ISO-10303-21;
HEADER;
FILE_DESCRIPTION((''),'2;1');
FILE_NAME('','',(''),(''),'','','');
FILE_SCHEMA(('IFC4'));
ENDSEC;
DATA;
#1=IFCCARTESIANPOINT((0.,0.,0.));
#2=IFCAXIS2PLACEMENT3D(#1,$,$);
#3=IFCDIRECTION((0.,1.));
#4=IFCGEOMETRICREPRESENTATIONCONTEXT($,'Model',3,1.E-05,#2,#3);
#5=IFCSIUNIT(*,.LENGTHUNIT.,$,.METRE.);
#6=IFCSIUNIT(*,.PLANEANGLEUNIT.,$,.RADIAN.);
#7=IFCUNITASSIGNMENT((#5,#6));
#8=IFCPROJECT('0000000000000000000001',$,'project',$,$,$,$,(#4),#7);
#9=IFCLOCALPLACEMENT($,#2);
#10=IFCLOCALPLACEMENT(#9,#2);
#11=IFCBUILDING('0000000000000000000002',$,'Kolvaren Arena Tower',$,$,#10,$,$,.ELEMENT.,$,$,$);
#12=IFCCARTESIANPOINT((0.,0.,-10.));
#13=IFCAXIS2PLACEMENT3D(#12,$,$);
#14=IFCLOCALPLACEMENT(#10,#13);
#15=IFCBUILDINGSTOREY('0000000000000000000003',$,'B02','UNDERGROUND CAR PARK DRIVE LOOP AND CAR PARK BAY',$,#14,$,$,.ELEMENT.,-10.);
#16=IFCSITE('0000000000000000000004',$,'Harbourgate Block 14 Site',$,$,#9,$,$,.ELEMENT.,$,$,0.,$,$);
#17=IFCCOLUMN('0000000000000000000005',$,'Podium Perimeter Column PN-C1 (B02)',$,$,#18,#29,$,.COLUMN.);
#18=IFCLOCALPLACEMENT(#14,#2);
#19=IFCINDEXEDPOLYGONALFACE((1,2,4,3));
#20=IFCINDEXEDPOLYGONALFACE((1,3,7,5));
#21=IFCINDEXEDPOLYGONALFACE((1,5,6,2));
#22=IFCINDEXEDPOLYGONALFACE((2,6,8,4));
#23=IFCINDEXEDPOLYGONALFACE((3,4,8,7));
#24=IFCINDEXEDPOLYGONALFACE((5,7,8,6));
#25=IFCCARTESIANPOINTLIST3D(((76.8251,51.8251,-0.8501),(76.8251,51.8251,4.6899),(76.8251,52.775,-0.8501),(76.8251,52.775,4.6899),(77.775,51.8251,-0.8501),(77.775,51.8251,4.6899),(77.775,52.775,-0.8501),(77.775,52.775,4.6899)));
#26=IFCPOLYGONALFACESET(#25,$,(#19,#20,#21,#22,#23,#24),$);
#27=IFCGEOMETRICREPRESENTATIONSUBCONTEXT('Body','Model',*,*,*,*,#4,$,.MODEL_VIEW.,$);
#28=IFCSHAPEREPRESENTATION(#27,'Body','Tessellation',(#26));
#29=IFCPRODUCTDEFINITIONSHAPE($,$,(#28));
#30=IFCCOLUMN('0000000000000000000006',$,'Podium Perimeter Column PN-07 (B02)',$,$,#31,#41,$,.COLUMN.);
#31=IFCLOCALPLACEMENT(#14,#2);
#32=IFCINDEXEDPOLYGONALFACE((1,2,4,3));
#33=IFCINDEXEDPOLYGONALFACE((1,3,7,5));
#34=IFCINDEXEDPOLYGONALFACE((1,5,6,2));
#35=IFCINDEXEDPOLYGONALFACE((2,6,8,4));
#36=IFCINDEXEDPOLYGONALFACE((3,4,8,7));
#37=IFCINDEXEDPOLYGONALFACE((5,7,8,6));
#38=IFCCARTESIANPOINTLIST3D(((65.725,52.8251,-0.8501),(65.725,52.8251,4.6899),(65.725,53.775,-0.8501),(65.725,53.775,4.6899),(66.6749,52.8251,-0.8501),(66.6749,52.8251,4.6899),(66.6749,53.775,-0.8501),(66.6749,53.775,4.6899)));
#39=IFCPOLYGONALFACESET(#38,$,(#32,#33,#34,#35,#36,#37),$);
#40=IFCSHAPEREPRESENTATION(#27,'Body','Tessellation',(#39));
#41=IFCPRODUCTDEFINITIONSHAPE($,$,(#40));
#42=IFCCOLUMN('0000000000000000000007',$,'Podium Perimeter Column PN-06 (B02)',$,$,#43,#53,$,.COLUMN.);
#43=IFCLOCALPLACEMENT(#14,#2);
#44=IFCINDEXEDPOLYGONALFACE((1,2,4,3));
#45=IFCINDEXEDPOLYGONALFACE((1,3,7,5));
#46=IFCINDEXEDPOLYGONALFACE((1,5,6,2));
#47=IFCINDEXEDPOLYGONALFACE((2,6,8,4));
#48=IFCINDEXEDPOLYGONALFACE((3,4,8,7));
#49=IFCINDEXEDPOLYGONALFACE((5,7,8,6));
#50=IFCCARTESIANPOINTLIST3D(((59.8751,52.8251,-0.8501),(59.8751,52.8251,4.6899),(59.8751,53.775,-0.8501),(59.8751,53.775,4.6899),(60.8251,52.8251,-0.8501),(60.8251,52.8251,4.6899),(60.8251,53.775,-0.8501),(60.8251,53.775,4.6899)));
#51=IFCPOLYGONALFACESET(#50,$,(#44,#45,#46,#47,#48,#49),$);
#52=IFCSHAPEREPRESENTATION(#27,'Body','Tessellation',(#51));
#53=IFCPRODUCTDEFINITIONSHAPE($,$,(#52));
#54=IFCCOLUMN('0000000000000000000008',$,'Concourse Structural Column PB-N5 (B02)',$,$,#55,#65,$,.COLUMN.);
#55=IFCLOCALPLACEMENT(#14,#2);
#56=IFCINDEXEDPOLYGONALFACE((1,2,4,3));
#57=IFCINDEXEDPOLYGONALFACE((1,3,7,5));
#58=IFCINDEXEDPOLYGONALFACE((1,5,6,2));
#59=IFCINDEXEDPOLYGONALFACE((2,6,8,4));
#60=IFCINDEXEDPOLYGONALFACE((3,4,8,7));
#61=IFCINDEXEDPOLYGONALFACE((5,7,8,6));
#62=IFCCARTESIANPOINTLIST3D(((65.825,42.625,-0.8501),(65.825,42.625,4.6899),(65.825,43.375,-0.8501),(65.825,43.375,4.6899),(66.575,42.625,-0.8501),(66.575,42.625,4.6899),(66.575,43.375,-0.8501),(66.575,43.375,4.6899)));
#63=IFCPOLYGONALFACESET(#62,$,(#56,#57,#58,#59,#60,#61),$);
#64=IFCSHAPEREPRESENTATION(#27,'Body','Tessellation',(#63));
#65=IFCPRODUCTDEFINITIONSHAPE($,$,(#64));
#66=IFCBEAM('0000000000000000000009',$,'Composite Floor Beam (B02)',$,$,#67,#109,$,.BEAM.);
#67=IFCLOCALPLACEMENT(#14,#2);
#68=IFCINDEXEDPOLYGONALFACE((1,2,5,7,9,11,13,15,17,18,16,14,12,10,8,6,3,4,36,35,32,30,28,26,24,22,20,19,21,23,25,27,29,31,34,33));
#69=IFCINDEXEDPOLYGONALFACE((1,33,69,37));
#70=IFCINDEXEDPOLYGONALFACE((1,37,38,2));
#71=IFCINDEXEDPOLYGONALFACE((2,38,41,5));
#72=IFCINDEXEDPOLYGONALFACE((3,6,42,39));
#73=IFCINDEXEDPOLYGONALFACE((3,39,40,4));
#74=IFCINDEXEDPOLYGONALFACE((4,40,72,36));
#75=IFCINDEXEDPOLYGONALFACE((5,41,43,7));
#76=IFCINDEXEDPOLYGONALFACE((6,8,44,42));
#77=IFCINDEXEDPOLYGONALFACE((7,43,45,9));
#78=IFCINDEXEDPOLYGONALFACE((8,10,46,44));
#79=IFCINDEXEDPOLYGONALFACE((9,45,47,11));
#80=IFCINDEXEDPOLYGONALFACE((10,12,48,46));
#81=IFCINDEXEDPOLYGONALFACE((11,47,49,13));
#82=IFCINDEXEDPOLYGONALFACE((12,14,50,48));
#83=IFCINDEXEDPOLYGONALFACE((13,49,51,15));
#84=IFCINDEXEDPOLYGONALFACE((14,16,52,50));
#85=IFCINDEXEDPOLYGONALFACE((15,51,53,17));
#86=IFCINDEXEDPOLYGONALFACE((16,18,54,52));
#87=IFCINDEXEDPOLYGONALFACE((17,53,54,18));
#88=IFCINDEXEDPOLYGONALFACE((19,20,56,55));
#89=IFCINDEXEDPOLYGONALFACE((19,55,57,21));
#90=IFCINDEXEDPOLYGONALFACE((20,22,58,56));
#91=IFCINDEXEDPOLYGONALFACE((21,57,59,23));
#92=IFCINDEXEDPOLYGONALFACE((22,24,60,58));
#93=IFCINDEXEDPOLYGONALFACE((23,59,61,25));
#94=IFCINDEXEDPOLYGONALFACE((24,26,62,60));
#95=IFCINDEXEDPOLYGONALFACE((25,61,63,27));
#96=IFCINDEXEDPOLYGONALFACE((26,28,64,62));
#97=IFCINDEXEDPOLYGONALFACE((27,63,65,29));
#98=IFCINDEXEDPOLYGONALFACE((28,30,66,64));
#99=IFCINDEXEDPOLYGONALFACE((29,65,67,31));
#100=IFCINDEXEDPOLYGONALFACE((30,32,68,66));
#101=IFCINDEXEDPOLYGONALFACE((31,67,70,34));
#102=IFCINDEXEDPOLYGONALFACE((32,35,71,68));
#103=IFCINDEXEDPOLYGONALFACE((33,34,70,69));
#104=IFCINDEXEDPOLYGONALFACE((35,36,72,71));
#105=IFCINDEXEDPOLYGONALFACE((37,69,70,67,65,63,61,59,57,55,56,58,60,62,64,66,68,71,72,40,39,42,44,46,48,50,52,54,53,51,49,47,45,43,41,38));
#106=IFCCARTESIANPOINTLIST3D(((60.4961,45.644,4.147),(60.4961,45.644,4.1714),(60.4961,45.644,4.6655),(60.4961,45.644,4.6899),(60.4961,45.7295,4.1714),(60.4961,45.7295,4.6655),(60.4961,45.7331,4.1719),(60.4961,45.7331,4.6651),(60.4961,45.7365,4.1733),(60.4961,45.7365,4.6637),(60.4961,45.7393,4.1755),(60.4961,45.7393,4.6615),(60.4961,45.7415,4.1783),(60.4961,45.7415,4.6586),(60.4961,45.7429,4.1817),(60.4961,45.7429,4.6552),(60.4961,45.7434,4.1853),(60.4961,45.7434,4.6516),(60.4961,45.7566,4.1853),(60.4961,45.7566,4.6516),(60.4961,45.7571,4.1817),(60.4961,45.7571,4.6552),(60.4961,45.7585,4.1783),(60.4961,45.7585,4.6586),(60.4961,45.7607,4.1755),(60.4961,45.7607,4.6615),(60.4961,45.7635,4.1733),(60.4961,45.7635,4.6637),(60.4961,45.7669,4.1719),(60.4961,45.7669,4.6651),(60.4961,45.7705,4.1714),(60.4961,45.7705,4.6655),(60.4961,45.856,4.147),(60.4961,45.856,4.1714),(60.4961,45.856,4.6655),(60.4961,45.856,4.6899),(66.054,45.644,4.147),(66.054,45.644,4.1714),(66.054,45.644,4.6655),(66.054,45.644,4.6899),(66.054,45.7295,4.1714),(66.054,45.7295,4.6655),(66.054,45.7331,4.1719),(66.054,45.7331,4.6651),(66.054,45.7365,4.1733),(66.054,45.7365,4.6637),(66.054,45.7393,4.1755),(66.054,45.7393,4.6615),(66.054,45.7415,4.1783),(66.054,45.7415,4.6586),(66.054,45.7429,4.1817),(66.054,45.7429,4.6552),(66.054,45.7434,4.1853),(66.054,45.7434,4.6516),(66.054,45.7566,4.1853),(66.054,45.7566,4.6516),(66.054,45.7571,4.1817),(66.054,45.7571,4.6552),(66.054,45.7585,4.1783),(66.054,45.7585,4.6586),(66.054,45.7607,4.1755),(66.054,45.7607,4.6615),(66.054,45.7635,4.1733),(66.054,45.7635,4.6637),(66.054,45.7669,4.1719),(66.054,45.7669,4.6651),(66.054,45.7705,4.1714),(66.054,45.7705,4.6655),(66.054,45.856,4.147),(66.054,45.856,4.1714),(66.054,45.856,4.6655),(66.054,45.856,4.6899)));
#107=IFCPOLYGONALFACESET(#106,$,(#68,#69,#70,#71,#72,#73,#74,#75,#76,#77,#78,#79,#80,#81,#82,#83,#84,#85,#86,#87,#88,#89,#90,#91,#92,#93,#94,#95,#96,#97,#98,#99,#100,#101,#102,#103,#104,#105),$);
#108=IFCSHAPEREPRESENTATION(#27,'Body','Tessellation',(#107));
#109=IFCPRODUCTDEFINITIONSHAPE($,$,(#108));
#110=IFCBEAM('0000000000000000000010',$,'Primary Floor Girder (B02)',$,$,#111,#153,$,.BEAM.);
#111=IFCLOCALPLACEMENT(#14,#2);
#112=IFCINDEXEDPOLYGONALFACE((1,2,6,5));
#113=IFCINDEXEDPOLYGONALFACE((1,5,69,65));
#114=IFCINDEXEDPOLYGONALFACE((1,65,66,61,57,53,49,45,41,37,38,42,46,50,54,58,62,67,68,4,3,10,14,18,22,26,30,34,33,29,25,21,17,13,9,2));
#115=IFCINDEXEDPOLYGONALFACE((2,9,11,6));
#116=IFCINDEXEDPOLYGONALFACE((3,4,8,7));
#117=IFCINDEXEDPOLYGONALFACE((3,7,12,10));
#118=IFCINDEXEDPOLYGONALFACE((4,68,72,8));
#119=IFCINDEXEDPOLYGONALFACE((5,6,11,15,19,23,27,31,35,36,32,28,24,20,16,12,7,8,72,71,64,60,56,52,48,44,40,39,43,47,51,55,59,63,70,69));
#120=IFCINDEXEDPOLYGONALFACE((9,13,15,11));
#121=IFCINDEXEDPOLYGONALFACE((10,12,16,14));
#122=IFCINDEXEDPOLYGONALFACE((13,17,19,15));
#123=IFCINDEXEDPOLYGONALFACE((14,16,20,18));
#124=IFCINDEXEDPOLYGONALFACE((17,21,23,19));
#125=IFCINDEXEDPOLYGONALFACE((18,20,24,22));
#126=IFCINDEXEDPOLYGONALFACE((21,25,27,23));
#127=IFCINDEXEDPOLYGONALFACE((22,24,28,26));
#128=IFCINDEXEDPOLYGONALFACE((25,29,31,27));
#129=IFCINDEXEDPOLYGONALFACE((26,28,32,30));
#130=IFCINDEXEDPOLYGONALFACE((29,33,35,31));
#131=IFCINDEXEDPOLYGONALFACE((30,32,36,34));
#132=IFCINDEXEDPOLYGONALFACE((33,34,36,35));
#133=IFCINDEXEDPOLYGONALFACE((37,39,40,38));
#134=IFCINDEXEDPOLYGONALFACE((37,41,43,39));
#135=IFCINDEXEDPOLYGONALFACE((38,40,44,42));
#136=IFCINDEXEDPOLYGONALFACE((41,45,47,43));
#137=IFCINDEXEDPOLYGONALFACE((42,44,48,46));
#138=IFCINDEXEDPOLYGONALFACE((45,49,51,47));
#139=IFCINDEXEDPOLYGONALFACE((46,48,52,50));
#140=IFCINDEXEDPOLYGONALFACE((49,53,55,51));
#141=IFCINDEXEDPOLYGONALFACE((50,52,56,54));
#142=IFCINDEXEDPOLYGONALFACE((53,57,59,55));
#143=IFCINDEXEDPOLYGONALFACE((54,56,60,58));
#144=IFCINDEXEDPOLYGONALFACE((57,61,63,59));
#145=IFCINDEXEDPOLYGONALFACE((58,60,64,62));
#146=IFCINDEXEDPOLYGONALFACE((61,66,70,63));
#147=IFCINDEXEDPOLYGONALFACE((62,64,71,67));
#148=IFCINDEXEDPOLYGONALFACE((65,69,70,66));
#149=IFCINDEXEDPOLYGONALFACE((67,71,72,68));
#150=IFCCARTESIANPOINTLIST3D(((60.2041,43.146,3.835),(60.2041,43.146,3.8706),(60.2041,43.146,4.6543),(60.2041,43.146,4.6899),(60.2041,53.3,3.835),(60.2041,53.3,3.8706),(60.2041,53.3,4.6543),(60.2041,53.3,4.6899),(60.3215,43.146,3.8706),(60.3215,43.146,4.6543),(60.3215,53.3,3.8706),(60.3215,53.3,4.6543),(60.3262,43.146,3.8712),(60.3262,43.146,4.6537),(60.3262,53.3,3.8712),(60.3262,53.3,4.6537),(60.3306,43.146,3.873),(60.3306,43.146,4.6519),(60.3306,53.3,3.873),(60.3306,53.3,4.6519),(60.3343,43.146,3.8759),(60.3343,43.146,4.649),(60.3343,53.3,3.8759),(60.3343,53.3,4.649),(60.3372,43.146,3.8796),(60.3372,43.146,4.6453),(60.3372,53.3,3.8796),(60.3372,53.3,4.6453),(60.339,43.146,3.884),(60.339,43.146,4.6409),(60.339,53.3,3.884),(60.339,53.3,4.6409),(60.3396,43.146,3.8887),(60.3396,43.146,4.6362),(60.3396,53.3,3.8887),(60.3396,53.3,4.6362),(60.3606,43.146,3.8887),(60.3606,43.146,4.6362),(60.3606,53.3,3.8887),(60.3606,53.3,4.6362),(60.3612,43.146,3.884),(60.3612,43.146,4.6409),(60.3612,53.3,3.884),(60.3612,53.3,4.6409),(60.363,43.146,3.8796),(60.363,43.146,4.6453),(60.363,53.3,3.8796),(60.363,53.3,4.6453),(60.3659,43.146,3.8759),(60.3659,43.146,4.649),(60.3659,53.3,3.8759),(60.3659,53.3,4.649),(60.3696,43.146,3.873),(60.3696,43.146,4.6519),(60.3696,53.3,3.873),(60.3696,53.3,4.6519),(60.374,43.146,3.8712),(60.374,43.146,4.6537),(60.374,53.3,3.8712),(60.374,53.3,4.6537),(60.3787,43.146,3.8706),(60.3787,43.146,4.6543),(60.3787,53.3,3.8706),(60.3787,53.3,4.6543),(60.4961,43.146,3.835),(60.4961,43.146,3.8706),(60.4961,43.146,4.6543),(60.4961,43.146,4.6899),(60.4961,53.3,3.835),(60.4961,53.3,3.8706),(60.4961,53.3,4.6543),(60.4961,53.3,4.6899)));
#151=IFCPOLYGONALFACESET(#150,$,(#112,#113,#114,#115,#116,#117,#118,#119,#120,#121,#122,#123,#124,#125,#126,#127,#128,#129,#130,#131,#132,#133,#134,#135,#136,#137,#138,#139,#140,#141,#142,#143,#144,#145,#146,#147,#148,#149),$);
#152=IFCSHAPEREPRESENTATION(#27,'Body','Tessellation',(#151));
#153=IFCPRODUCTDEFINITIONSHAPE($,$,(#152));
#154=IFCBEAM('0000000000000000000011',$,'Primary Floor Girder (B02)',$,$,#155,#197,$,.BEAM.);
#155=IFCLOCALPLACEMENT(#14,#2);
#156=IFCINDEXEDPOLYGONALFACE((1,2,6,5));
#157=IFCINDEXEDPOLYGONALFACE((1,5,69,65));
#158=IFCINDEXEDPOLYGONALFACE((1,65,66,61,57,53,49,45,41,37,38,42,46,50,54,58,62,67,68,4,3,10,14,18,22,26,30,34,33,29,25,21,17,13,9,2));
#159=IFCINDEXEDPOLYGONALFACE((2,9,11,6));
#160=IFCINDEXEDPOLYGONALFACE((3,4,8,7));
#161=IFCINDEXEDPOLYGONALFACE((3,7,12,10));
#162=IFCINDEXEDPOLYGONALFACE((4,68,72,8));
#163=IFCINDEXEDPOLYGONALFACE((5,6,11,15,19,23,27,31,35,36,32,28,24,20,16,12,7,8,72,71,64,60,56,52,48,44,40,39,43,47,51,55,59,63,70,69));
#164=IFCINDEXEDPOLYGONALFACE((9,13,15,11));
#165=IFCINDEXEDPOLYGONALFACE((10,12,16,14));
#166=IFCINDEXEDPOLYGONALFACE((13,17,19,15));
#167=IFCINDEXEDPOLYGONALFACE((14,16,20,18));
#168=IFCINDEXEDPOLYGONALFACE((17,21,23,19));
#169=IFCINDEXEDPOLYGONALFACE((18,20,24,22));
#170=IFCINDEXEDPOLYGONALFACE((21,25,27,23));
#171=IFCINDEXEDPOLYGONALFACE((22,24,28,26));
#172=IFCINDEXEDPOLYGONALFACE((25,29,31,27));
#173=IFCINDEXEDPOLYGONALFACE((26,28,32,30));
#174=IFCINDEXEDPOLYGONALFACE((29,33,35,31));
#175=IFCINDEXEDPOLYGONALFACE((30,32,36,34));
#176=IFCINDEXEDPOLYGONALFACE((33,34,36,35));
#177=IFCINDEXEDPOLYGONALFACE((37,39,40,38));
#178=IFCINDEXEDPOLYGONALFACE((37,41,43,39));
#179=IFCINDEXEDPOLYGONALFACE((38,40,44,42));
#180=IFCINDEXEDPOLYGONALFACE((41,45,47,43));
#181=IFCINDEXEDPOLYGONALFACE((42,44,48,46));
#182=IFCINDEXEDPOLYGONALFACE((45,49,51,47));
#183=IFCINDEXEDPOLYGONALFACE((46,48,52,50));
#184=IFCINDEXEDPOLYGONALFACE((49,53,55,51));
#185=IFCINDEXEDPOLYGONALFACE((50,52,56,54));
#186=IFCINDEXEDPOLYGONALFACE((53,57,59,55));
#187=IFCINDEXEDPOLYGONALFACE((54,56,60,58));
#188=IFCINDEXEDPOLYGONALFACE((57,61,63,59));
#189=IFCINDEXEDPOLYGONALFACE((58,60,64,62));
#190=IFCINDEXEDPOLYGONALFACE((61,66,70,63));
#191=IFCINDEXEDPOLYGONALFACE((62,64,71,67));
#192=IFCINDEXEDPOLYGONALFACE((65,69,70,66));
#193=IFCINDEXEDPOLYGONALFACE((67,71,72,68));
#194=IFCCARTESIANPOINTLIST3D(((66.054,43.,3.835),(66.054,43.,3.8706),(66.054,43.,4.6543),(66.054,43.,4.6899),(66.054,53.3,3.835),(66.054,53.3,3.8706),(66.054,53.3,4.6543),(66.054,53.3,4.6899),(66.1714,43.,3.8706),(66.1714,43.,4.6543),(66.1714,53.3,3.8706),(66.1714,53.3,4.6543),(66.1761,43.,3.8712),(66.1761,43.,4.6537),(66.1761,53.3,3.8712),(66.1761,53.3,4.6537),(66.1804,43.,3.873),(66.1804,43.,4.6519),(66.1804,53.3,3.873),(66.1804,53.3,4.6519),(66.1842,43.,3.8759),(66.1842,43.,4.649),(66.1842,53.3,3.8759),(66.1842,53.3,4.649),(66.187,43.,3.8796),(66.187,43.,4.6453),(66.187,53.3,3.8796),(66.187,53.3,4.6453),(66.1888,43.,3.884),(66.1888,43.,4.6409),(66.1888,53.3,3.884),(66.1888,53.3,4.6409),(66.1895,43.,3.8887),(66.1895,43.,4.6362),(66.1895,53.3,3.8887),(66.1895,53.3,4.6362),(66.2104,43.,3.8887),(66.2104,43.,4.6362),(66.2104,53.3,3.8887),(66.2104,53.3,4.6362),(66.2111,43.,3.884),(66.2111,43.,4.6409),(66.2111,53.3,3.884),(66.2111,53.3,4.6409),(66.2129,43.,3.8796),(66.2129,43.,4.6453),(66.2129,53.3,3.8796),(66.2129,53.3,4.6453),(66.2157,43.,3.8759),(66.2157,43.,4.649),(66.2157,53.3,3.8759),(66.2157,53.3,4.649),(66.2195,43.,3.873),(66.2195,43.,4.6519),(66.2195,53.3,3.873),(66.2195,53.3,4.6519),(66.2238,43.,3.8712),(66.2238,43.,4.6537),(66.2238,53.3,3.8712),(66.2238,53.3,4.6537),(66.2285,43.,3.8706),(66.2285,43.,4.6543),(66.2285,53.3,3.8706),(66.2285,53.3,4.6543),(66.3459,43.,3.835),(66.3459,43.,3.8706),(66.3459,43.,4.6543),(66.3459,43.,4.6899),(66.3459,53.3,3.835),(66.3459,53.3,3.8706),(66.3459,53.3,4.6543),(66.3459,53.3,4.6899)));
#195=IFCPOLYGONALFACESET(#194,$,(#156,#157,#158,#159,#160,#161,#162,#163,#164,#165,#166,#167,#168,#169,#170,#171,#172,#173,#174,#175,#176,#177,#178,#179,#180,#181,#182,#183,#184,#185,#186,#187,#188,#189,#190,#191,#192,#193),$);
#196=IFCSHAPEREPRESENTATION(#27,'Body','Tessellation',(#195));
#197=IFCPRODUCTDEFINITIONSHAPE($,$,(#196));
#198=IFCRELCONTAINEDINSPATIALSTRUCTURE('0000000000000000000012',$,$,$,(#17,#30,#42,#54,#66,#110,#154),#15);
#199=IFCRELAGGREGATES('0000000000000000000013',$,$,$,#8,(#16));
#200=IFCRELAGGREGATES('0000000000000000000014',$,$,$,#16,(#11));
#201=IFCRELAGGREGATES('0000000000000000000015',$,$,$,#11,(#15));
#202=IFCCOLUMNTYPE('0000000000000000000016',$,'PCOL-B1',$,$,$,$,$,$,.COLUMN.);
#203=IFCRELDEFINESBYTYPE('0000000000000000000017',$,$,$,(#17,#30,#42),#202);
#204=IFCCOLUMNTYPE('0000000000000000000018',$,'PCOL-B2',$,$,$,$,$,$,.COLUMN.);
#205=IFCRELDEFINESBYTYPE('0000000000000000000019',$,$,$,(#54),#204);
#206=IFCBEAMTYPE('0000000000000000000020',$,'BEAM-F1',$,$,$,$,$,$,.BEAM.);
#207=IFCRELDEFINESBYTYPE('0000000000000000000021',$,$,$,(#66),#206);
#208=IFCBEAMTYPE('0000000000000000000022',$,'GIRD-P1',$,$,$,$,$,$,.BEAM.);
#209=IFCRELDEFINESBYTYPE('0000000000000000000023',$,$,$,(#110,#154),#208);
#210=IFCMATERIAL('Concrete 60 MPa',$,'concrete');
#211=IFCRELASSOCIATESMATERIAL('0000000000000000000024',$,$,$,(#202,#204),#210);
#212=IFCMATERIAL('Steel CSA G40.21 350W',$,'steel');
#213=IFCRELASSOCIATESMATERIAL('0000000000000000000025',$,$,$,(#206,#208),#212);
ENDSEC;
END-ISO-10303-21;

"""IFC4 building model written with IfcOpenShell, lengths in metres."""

from ifc_helpers import new_model, si_unit, direction, frame, origin, origin_2d, place, context, subcontext, project, spatial, rectangle, i_section, extrude, material, material_profile, profile_set, type_object, element, save


model = new_model("IFC4")

# Units and contexts
model_context = context("Model", 3, precision=1e-05, world=origin(), true_north=direction((0.0, 1.0)))
body_context = subcontext(model_context, "Body", "Model", "MODEL_VIEW")
ifc_project = project(units=[si_unit("LENGTHUNIT", "METRE"), si_unit("PLANEANGLEUNIT", "RADIAN")], contexts=[model_context])

# Site, building, storey
site_placement = place(None, origin())
site = spatial("IfcSite", under=ifc_project, at=site_placement, Name="Harbourgate Block 14 Site", CompositionType="ELEMENT", RefElevation=0.0)
building_placement = place(site_placement, origin())
building = spatial("IfcBuilding", under=site, at=building_placement, Name="Kolvaren Arena Tower", CompositionType="ELEMENT")
storey_placement = place(building_placement, frame((0.0, 0.0, -10.0)))
storey = spatial("IfcBuildingStorey", under=building, at=storey_placement, Name="B02", Description="UNDERGROUND CAR PARK DRIVE LOOP AND CAR PARK BAY", CompositionType="ELEMENT", Elevation=-10.0)

# Shared definitions
ifc_material_1 = material(Name="Concrete 60 MPa", Category="concrete")

# Columns
ifc_material_profile_1 = material_profile(ifc_material_1, rectangle(XDim=0.95, YDim=0.95, at=origin_2d()), Name="RC-950x950")
ifc_profile_set_1 = profile_set([ifc_material_profile_1], Name="Concrete 60 MPa")
column_type_1 = type_object("IfcColumnType", Name="PCOL-B1", PredefinedType="COLUMN", material=ifc_profile_set_1)
for number, where, z_axis, x_axis, name in (
    (1, (77.3, 52.3, -0.8501), (0.0, 0.0, 1.0), (1.0, 0.0, 0.0), "Podium Perimeter Column PN-C1 (B02)"),
    (2, (66.2, 53.3, -0.8501), (0.0, 0.0, 1.0), (1.0, 0.0, 0.0), "Podium Perimeter Column PN-07 (B02)"),
    (3, (60.3501, 53.3, -0.8501), (0.0, 0.0, 1.0), (1.0, 0.0, 0.0), "Podium Perimeter Column PN-06 (B02)"),
):
    element("IfcColumn", number, at=place(storey_placement, frame(where, z_axis=z_axis, x_axis=x_axis)), inside=storey, type_object=column_type_1, Name=name, PredefinedType="COLUMN", context=body_context, shape_type="SweptSolid", body=[
        extrude(rectangle(XDim=0.95, YDim=0.95, at=origin_2d()), origin(), (0.0, 0.0, 1.0), 5.54),
    ])
ifc_material_profile_2 = material_profile(ifc_material_1, rectangle(XDim=0.75, YDim=0.75, at=origin_2d()), Name="RC-750x750")
ifc_profile_set_2 = profile_set([ifc_material_profile_2], Name="Concrete 60 MPa")
column_type_2 = type_object("IfcColumnType", Name="PCOL-B2", PredefinedType="COLUMN", material=ifc_profile_set_2)
column_placement = place(storey_placement, frame((66.2, 43.0, -0.8501), z_axis=(0.0, 0.0, 1.0), x_axis=(1.0, 0.0, 0.0)))
element("IfcColumn", 4, at=column_placement, inside=storey, type_object=column_type_2, Name="Concourse Structural Column PB-N5 (B02)", PredefinedType="COLUMN", context=body_context, shape_type="SweptSolid", body=[
    extrude(rectangle(XDim=0.75, YDim=0.75, at=origin_2d()), origin(), (0.0, 0.0, 1.0), 5.54),
])

# Beams
ifc_material_2 = material(Name="Steel CSA G40.21 350W", Category="steel")
ifc_material_profile_3 = material_profile(ifc_material_2, i_section(OverallWidth=0.2119, OverallDepth=0.543, WebThickness=0.0132, FlangeThickness=0.0244, FilletRadius=0.0139, at=origin_2d()), Name="W530x150")
ifc_profile_set_3 = profile_set([ifc_material_profile_3], Name="Steel CSA G40.21 350W")
beam_type_1 = type_object("IfcBeamType", Name="BEAM-F1", PredefinedType="BEAM", material=ifc_profile_set_3)
beam_1_placement = place(storey_placement, frame((60.4961, 45.75, 4.4185), z_axis=(1.0, 0.0, 0.0), x_axis=(0.0, 1.0, 0.0)))
element("IfcBeam", 5, at=beam_1_placement, inside=storey, type_object=beam_type_1, Name="Composite Floor Beam (B02)", PredefinedType="BEAM", context=body_context, shape_type="SweptSolid", body=[
    extrude(i_section(OverallWidth=0.2119, OverallDepth=0.543, WebThickness=0.0132, FlangeThickness=0.0244, FilletRadius=0.0139, at=origin_2d()), origin(), (0.0, 0.0, 1.0), 5.5579),
])
ifc_material_profile_4 = material_profile(ifc_material_2, i_section(OverallWidth=0.292, OverallDepth=0.855, WebThickness=0.021, FlangeThickness=0.0356, FilletRadius=0.0181, at=origin_2d()), Name="W840x299")
ifc_profile_set_4 = profile_set([ifc_material_profile_4], Name="Steel CSA G40.21 350W")
beam_type_2 = type_object("IfcBeamType", Name="GIRD-P1", PredefinedType="BEAM", material=ifc_profile_set_4)
beam_2_placement = place(storey_placement, frame((60.3501, 43.146, 4.2625), z_axis=(0.0, 1.0, 0.0), x_axis=(-1.0, 0.0, 0.0)))
element("IfcBeam", 6, at=beam_2_placement, inside=storey, type_object=beam_type_2, Name="Primary Floor Girder (B02)", PredefinedType="BEAM", context=body_context, shape_type="SweptSolid", body=[
    extrude(i_section(OverallWidth=0.292, OverallDepth=0.855, WebThickness=0.021, FlangeThickness=0.0356, FilletRadius=0.0181, at=origin_2d()), origin(), (0.0, 0.0, 1.0), 10.1541),
])
beam_3_placement = place(storey_placement, frame((66.2, 43.0, 4.2625), z_axis=(0.0, 1.0, 0.0), x_axis=(-1.0, 0.0, 0.0)))
element("IfcBeam", 7, at=beam_3_placement, inside=storey, type_object=beam_type_2, Name="Primary Floor Girder (B02)", PredefinedType="BEAM", context=body_context, shape_type="SweptSolid", body=[
    extrude(i_section(OverallWidth=0.292, OverallDepth=0.855, WebThickness=0.021, FlangeThickness=0.0356, FilletRadius=0.0181, at=origin_2d()), origin(), (0.0, 0.0, 1.0), 10.3),
])

save(model, "model.ifc")
